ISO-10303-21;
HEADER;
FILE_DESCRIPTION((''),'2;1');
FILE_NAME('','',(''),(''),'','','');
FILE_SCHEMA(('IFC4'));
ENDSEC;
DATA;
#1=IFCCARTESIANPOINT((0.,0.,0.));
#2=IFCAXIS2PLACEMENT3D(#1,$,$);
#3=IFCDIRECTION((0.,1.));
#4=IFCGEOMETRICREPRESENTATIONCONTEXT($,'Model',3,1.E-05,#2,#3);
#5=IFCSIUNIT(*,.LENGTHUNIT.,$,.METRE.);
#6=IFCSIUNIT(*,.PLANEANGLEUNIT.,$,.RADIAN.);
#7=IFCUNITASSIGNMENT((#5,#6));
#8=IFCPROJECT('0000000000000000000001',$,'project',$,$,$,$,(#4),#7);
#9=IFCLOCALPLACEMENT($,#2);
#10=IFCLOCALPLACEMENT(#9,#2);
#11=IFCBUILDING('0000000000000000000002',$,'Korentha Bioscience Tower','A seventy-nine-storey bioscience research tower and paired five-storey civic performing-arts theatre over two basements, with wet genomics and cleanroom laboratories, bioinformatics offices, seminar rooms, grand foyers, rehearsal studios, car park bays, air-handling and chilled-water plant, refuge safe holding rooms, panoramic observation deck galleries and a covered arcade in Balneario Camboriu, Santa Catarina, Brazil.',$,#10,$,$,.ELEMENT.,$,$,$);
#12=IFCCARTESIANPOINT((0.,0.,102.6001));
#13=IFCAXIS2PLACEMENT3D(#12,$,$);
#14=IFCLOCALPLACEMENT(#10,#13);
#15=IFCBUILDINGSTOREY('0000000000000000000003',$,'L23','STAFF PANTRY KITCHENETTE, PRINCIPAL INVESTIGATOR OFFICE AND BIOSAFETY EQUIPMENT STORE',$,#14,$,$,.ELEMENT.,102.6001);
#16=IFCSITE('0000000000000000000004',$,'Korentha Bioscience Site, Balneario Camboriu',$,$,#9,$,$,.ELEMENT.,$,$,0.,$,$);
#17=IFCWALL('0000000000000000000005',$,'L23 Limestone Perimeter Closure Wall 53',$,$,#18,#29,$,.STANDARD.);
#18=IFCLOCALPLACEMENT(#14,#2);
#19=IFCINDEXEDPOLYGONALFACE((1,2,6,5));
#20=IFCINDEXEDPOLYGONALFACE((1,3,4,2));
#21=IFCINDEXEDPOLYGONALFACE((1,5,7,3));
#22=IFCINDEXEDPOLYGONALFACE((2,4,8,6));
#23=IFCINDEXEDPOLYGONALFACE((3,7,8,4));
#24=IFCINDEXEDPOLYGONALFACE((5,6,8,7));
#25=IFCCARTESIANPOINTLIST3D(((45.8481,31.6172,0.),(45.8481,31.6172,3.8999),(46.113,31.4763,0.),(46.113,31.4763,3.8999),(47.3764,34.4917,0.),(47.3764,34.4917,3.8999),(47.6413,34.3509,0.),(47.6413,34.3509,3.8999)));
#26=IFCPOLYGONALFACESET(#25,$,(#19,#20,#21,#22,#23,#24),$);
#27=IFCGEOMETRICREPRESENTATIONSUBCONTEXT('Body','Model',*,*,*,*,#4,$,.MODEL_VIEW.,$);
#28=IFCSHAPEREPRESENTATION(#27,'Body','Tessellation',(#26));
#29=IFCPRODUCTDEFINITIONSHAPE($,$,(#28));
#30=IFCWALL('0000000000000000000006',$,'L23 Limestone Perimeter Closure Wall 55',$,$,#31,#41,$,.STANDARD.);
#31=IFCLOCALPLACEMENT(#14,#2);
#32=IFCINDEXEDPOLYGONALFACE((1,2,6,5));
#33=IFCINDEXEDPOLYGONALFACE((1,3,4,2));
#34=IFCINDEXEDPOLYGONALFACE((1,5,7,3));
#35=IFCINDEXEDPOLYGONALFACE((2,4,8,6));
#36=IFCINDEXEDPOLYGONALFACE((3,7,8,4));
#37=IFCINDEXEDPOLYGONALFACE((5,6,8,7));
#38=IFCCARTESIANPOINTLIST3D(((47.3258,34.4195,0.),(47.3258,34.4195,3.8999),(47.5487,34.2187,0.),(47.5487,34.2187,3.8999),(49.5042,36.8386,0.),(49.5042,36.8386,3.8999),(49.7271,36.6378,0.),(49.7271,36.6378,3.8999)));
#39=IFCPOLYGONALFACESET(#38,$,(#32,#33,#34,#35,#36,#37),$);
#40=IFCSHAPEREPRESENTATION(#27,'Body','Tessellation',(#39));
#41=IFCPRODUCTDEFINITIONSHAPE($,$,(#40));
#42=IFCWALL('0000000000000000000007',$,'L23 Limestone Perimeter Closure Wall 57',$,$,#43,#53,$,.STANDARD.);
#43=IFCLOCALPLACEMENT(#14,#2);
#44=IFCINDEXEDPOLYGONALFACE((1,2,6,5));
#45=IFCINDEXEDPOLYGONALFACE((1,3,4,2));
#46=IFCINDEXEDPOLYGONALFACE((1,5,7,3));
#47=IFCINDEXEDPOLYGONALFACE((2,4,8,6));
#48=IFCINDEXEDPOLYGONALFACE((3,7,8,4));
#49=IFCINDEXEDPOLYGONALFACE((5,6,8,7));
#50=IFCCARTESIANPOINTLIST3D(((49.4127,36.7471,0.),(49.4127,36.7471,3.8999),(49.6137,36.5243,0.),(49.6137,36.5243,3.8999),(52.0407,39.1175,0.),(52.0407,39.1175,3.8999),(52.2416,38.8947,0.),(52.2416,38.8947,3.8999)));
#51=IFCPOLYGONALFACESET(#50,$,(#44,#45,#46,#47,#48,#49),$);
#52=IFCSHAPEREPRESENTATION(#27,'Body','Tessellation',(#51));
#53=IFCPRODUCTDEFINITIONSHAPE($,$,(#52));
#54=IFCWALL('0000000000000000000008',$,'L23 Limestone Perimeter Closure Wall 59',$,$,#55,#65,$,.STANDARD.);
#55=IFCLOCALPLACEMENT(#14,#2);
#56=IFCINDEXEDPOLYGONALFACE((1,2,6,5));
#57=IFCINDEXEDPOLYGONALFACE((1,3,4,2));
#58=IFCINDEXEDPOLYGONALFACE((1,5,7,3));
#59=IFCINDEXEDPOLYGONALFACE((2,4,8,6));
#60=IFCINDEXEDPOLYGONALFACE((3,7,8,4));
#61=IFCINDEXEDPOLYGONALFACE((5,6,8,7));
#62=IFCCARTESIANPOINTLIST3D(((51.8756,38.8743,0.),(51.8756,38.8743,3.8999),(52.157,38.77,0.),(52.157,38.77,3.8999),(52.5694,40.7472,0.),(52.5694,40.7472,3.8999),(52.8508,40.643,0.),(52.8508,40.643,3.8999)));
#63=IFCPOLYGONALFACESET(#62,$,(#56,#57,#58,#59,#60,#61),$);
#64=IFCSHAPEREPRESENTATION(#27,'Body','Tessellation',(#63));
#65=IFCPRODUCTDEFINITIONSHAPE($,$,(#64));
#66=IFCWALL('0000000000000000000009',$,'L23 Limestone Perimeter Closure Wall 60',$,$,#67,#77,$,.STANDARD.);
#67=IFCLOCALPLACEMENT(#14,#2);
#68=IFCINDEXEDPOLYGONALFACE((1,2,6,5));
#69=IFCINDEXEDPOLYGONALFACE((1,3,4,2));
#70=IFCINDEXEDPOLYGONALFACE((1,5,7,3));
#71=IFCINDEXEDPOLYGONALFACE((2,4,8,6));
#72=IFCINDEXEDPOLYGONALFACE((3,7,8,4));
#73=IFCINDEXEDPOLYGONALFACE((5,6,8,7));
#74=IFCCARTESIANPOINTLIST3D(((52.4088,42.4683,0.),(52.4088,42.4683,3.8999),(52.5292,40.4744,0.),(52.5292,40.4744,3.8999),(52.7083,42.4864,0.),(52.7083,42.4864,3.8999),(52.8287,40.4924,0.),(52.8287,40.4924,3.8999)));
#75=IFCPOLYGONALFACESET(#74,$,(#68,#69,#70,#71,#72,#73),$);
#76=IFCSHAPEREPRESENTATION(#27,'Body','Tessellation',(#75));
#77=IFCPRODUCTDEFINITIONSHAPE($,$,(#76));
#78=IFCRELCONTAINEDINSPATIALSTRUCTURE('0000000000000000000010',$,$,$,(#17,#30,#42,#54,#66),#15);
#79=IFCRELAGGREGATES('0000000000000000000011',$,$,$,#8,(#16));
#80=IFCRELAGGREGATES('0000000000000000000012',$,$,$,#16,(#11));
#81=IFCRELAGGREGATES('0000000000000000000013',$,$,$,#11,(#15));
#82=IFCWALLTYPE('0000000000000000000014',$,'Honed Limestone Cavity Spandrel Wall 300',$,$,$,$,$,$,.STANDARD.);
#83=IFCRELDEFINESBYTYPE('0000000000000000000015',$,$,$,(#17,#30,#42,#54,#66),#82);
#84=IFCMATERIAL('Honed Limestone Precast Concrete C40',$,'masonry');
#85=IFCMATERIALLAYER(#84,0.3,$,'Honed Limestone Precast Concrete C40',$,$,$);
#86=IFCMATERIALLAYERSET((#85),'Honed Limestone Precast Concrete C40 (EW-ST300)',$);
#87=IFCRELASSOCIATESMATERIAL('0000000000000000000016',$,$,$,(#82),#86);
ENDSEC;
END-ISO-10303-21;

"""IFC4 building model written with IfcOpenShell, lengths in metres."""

from ifc_helpers import new_model, si_unit, direction, frame, frame_2d, origin, place, context, subcontext, project, spatial, rectangle, extrude, material, layer, layer_set, type_object, element, save


model = new_model("IFC4")

# Units and contexts
model_context = context("Model", 3, precision=1e-05, world=origin(), true_north=direction((0.0, 1.0)))
body_context = subcontext(model_context, "Body", "Model", "MODEL_VIEW")
ifc_project = project(units=[si_unit("LENGTHUNIT", "METRE"), si_unit("PLANEANGLEUNIT", "RADIAN")], contexts=[model_context])

# Site, building, storey
site_placement = place(None, origin())
site = spatial("IfcSite", under=ifc_project, at=site_placement, Name="Korentha Bioscience Site, Balneario Camboriu", CompositionType="ELEMENT", RefElevation=0.0)
building_placement = place(site_placement, origin())
building = spatial("IfcBuilding", under=site, at=building_placement, Name="Korentha Bioscience Tower", Description="A seventy-nine-storey bioscience research tower and paired five-storey civic performing-arts theatre over two basements, with wet genomics and cleanroom laboratories, bioinformatics offices, seminar rooms, grand foyers, rehearsal studios, car park bays, air-handling and chilled-water plant, refuge safe holding rooms, panoramic observation deck galleries and a covered arcade in Balneario Camboriu, Santa Catarina, Brazil.", CompositionType="ELEMENT")
storey_placement = place(building_placement, frame((0.0, 0.0, 102.6001)))
storey = spatial("IfcBuildingStorey", under=building, at=storey_placement, Name="L23", Description="STAFF PANTRY KITCHENETTE, PRINCIPAL INVESTIGATOR OFFICE AND BIOSAFETY EQUIPMENT STORE", CompositionType="ELEMENT", Elevation=102.6001)

# Walls
ifc_material_1 = material(Name="Honed Limestone Precast Concrete C40", Category="masonry")
ifc_layer_1 = layer(ifc_material_1, 0.3, Name="Honed Limestone Precast Concrete C40")
ifc_layer_set_1 = layer_set([ifc_layer_1], Name="Honed Limestone Precast Concrete C40 (EW-ST300)")
wall_type_1 = type_object("IfcWallType", Name="Honed Limestone Cavity Spandrel Wall 300", PredefinedType="STANDARD", material=ifc_layer_set_1)
wall_1_placement = place(storey_placement, frame((45.9805, 31.5466, 0.0), z_axis=(0.0, 0.0, 1.0), x_axis=(0.469451, 0.882958, 0.0)))
element("IfcWall", 1, at=wall_1_placement, inside=storey, type_object=wall_type_1, Name="L23 Limestone Perimeter Closure Wall 53", PredefinedType="STANDARD", context=body_context, shape_type="SweptSolid", body=[
    extrude(rectangle(XDim=3.2556, YDim=0.3, at=frame_2d((1.6279, 0.0))), origin(), (0.0, 0.0, 1.0), 3.8999),
])
wall_2_placement = place(storey_placement, frame((47.4373, 34.3191, 0.0), z_axis=(0.0, 0.0, 1.0), x_axis=(0.669168, 0.743111, 0.0)))
element("IfcWall", 2, at=wall_2_placement, inside=storey, type_object=wall_type_1, Name="L23 Limestone Perimeter Closure Wall 55", PredefinedType="STANDARD", context=body_context, shape_type="SweptSolid", body=[
    extrude(rectangle(XDim=3.2554, YDim=0.3, at=frame_2d((1.6277, 0.0))), origin(), (0.0, 0.0, 1.0), 3.8999),
])
wall_3_placement = place(storey_placement, frame((49.5132, 36.6357, 0.0), z_axis=(0.0, 0.0, 1.0), x_axis=(0.74256, 0.66978, 0.0)))
element("IfcWall", 3, at=wall_3_placement, inside=storey, type_object=wall_type_1, Name="L23 Limestone Perimeter Closure Wall 57", PredefinedType="STANDARD", context=body_context, shape_type="SweptSolid", body=[
    extrude(rectangle(XDim=3.5391, YDim=0.3, at=frame_2d((1.7695, 0.0))), origin(), (0.0, 0.0, 1.0), 3.8999),
])
wall_4_placement = place(storey_placement, frame((52.0164, 38.8223, 0.0), z_axis=(0.0, 0.0, 1.0), x_axis=(0.34737, 0.937728, 0.0)))
element("IfcWall", 4, at=wall_4_placement, inside=storey, type_object=wall_type_1, Name="L23 Limestone Perimeter Closure Wall 59", PredefinedType="STANDARD", context=body_context, shape_type="SweptSolid", body=[
    extrude(rectangle(XDim=1.9973, YDim=0.3, at=frame_2d((0.9985, 0.0))), origin(), (0.0, 0.0, 1.0), 3.8999),
])
wall_5_placement = place(storey_placement, frame((52.679, 40.4834, 0.0), z_axis=(0.0, 0.0, 1.0), x_axis=(-0.060255, 0.998183, 0.0)))
element("IfcWall", 5, at=wall_5_placement, inside=storey, type_object=wall_type_1, Name="L23 Limestone Perimeter Closure Wall 60", PredefinedType="STANDARD", context=body_context, shape_type="SweptSolid", body=[
    extrude(rectangle(XDim=1.9976, YDim=0.3, at=frame_2d((0.9988, 0.0))), origin(), (0.0, 0.0, 1.0), 3.8999),
])

save(model, "model.ifc")
